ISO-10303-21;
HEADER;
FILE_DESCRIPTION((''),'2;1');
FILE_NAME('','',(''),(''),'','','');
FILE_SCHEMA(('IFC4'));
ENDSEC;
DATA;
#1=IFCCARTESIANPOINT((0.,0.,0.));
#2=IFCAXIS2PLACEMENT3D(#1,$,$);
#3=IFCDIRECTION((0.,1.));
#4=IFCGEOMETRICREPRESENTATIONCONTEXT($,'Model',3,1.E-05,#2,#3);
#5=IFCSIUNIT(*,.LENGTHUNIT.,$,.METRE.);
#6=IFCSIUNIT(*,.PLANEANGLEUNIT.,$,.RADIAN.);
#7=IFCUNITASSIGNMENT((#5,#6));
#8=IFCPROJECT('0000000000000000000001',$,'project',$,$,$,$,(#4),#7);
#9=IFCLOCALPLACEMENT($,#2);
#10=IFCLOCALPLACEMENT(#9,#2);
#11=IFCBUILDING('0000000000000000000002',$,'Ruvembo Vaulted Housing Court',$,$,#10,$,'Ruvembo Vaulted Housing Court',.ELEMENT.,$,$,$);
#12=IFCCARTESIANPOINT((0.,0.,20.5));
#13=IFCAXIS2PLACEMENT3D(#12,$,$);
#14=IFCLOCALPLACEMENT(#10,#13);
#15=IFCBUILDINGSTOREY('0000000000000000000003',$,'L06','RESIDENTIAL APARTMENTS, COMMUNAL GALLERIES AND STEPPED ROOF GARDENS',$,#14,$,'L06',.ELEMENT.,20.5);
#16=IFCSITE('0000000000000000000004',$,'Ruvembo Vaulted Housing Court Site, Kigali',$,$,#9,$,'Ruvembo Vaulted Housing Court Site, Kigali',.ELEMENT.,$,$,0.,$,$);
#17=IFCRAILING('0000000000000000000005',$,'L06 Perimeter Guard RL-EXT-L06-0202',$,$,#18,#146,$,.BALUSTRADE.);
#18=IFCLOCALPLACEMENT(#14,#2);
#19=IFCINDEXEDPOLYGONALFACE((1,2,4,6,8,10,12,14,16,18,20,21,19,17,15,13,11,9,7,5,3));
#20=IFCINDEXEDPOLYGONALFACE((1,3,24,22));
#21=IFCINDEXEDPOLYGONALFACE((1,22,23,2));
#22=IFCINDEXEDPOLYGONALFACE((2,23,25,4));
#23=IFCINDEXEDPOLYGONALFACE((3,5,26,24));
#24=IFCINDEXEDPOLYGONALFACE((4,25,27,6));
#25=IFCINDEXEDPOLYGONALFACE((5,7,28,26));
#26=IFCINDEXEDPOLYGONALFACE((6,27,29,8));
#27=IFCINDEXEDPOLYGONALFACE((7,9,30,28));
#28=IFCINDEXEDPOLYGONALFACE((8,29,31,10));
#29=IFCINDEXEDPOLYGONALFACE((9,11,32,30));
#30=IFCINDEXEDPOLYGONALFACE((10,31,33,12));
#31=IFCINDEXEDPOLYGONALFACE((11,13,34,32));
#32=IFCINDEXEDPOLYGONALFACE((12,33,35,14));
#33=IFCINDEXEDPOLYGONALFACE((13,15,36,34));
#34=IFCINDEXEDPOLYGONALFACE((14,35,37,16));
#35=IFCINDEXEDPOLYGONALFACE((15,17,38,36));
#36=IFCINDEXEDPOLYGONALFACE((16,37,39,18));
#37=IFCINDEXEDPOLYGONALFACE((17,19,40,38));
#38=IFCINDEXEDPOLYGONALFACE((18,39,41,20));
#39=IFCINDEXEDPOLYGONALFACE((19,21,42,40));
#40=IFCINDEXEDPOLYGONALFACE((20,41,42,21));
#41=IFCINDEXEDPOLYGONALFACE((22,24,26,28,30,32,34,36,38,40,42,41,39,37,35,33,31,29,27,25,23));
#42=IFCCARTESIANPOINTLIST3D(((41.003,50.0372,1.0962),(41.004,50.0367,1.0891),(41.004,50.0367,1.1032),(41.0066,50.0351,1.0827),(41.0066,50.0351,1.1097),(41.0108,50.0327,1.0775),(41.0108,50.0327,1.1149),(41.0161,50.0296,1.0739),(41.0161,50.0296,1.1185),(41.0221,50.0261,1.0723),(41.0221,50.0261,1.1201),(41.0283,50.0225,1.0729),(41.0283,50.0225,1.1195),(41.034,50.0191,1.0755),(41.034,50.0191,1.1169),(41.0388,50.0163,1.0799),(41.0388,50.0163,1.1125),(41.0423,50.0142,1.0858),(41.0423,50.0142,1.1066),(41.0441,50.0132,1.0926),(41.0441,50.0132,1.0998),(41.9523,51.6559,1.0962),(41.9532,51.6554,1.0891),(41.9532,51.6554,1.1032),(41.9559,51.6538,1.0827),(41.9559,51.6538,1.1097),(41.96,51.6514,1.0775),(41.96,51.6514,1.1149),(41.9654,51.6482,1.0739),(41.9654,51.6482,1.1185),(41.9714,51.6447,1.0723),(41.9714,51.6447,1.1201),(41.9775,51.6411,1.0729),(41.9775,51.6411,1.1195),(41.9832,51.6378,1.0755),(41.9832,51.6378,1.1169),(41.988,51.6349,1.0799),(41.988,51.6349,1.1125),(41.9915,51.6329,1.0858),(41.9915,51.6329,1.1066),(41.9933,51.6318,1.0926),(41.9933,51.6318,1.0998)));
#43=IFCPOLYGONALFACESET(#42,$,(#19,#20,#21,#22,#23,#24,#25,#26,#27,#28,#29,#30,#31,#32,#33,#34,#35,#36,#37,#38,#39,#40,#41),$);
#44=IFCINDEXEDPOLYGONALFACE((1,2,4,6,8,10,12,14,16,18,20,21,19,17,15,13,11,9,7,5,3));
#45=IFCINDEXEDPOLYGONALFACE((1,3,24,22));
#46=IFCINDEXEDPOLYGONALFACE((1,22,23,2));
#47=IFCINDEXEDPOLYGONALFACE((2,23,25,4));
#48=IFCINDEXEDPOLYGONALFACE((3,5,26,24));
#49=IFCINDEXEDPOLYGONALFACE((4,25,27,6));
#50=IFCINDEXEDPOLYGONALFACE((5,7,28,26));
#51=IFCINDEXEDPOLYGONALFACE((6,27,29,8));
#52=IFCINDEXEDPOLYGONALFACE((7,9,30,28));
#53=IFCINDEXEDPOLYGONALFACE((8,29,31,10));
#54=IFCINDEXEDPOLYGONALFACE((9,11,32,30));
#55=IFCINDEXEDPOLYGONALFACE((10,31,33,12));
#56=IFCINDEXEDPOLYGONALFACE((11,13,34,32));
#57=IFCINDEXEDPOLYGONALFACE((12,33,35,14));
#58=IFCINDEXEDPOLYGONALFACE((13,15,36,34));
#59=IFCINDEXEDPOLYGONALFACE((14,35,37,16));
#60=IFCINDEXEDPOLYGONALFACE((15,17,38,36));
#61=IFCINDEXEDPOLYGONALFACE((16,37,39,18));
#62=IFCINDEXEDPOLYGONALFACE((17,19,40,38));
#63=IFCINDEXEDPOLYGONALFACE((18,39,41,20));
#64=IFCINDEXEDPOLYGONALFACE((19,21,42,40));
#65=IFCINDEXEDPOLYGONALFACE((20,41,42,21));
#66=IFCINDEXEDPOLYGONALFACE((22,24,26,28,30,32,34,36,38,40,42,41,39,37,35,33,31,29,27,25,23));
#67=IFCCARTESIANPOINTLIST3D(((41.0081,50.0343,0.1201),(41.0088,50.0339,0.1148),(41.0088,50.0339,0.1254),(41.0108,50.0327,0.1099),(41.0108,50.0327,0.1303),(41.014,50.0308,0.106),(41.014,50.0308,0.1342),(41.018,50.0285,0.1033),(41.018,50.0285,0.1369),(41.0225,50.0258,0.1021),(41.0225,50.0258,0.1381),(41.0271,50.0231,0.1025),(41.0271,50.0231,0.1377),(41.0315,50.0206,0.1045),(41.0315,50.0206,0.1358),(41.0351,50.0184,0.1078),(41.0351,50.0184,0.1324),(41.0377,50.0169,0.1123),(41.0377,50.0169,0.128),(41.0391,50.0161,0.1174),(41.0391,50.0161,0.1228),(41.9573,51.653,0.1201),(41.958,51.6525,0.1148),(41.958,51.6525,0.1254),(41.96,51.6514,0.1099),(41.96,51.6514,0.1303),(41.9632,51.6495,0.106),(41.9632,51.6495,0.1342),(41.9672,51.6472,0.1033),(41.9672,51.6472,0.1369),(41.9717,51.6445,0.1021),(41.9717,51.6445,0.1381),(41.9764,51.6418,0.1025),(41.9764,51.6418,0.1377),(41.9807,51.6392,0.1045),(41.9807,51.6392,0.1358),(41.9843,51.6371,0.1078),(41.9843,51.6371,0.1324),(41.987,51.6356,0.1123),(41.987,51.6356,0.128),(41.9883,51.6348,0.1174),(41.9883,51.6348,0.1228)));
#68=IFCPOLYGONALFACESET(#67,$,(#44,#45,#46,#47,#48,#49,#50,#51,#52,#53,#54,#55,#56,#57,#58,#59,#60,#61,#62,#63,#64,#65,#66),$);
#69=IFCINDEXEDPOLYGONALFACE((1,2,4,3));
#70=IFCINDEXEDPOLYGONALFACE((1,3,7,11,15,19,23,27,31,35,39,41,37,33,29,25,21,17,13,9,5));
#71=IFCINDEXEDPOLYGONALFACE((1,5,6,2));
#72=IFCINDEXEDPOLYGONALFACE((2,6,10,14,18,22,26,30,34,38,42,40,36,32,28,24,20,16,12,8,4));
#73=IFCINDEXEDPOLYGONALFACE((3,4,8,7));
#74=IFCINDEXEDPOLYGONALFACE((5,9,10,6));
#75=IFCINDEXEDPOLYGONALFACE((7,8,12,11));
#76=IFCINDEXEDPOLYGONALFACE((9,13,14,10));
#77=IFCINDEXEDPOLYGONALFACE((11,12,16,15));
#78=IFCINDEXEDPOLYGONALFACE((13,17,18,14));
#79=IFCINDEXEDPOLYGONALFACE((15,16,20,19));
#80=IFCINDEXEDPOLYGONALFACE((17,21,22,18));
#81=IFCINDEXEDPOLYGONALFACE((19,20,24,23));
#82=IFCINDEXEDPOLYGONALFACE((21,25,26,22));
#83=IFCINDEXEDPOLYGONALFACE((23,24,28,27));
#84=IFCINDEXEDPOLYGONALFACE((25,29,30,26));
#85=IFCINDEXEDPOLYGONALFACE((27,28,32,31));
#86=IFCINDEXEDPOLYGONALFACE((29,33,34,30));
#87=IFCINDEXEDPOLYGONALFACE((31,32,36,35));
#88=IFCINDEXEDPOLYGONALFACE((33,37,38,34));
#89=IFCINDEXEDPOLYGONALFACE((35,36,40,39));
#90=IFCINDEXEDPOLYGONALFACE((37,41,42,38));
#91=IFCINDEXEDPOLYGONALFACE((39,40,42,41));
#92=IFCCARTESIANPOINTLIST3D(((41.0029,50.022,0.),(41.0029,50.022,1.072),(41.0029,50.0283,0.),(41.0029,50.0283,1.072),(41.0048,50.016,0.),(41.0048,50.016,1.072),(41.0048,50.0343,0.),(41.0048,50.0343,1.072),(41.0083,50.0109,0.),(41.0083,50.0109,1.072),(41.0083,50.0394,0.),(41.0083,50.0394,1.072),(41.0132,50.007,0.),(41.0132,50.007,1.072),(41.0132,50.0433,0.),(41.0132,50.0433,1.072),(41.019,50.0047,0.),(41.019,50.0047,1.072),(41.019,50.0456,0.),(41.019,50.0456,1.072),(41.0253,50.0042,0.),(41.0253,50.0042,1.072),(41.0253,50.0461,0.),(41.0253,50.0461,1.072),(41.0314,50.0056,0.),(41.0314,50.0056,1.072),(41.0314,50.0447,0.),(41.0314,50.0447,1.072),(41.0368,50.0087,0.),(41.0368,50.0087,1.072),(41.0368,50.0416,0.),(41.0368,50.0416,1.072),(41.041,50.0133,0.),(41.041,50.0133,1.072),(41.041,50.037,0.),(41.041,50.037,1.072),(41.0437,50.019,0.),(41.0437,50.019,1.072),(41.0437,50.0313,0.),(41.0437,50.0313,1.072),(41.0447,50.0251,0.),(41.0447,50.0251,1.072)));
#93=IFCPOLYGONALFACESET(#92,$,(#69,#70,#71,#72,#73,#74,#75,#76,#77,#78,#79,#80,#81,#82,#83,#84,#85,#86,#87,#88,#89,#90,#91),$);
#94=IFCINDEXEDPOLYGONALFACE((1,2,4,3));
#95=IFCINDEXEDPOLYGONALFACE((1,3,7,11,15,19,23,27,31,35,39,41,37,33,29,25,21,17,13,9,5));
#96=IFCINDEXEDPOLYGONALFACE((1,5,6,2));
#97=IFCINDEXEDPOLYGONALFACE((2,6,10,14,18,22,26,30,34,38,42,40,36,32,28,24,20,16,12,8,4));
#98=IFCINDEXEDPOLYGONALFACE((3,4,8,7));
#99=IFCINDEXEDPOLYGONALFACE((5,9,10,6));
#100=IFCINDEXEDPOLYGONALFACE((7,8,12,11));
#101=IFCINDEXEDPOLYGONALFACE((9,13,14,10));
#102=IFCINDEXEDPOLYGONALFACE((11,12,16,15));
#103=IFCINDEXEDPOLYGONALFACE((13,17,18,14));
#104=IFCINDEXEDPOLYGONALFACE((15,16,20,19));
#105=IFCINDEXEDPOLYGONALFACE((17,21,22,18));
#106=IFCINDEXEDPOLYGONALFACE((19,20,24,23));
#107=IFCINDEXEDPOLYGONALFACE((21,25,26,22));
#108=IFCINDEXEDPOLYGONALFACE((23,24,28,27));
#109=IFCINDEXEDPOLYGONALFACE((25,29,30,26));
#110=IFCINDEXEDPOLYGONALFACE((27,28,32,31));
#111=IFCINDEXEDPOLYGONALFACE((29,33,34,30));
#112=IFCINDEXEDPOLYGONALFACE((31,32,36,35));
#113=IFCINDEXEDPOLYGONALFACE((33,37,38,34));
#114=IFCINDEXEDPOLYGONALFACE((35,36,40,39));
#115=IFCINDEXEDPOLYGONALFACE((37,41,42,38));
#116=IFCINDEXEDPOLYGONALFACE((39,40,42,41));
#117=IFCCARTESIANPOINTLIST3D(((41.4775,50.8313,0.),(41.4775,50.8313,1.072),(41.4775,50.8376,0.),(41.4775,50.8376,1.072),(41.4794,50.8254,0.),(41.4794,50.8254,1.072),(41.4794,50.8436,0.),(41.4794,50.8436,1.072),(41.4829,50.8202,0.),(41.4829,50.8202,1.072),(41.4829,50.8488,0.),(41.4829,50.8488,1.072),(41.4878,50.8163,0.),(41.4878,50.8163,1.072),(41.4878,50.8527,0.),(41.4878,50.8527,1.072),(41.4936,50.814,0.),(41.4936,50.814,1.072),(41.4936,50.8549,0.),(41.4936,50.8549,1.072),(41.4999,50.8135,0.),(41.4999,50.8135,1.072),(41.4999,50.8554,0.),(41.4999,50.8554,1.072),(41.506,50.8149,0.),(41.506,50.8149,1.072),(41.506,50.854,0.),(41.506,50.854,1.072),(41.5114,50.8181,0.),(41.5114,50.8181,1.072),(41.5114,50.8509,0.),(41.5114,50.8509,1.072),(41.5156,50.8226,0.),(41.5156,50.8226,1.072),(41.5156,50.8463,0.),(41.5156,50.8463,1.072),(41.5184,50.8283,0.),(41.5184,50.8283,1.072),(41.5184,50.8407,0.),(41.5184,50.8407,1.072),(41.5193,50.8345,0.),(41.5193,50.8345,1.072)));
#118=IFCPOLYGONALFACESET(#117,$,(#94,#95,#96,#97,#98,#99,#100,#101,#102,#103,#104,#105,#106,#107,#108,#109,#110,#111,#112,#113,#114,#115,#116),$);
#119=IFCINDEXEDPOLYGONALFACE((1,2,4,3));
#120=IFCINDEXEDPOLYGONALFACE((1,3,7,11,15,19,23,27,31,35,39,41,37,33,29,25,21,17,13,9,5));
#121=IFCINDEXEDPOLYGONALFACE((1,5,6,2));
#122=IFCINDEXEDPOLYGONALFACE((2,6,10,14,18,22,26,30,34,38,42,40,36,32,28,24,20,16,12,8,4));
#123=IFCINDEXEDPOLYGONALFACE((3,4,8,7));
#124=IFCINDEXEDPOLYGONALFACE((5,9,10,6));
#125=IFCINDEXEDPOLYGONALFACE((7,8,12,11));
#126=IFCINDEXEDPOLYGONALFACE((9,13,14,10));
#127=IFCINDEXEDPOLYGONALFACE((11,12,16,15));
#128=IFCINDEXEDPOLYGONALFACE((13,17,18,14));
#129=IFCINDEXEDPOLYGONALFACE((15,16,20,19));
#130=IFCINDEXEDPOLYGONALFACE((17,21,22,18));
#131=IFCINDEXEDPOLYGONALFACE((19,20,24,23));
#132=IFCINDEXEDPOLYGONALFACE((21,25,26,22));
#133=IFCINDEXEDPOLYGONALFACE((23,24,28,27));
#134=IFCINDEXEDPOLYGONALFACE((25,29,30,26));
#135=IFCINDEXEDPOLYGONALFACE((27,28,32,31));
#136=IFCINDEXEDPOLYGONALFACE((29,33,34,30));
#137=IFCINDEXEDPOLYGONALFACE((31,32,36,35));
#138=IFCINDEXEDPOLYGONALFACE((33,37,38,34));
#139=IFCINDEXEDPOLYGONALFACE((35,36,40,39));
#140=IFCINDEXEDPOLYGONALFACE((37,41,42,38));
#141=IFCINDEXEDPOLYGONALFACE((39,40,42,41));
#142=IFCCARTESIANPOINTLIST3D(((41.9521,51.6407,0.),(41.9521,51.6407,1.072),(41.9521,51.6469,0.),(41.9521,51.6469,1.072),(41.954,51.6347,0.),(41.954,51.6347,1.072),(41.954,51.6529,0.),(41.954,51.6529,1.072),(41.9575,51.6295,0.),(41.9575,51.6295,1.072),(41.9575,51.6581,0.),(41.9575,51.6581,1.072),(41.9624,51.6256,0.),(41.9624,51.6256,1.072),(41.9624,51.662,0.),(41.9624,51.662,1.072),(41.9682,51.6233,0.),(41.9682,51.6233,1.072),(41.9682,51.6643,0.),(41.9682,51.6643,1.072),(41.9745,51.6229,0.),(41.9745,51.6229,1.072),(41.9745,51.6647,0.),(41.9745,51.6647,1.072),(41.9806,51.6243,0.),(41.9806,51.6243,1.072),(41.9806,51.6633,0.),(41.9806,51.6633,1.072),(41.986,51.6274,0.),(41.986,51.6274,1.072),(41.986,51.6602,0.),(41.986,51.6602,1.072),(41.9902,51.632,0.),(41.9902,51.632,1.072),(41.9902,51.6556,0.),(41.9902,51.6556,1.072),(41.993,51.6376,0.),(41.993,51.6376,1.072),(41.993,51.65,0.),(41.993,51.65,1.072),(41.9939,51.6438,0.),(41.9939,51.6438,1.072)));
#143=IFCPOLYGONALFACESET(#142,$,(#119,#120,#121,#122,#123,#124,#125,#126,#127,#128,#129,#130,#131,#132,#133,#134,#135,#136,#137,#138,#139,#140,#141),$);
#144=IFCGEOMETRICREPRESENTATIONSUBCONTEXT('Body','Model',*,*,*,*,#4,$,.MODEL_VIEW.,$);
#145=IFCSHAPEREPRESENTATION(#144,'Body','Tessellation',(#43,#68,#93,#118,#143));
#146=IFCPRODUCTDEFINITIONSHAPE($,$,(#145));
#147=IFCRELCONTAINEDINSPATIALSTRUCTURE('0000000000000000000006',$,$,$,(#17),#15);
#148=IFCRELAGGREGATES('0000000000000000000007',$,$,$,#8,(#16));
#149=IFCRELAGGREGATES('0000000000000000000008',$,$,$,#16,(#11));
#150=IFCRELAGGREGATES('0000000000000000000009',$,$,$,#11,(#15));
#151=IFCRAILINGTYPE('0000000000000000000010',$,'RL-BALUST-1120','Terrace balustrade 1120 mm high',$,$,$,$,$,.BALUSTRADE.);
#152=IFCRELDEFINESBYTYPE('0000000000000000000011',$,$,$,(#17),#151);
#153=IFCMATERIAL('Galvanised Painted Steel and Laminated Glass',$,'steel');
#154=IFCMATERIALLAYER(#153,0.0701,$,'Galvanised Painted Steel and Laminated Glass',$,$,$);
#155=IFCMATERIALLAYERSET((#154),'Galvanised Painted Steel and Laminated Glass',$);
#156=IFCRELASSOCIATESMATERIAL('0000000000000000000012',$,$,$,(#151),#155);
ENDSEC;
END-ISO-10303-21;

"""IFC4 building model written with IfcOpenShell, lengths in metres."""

from ifc_helpers import new_model, si_unit, direction, frame, origin, origin_2d, place, context, subcontext, project, spatial, circle, extrude, material, layer, layer_set, type_object, element, save


model = new_model("IFC4")

# Units and contexts
model_context = context("Model", 3, precision=1e-05, world=origin(), true_north=direction((0.0, 1.0)))
body_context = subcontext(model_context, "Body", "Model", "MODEL_VIEW")
ifc_project = project(units=[si_unit("LENGTHUNIT", "METRE"), si_unit("PLANEANGLEUNIT", "RADIAN")], contexts=[model_context])

# Site, building, storey
site_placement = place(None, origin())
site = spatial("IfcSite", under=ifc_project, at=site_placement, Name="Ruvembo Vaulted Housing Court Site, Kigali", LongName="Ruvembo Vaulted Housing Court Site, Kigali", CompositionType="ELEMENT", RefElevation=0.0)
building_placement = place(site_placement, origin())
building = spatial("IfcBuilding", under=site, at=building_placement, Name="Ruvembo Vaulted Housing Court", LongName="Ruvembo Vaulted Housing Court", CompositionType="ELEMENT")
storey_placement = place(building_placement, frame((0.0, 0.0, 20.5)))
storey = spatial("IfcBuildingStorey", under=building, at=storey_placement, Name="L06", Description="RESIDENTIAL APARTMENTS, COMMUNAL GALLERIES AND STEPPED ROOF GARDENS", LongName="L06", CompositionType="ELEMENT", Elevation=20.5)

# Railing
ifc_material_1 = material(Name="Galvanised Painted Steel and Laminated Glass", Category="steel")
ifc_layer_1 = layer(ifc_material_1, 0.0701, Name="Galvanised Painted Steel and Laminated Glass")
ifc_layer_set_1 = layer_set([ifc_layer_1], Name="Galvanised Painted Steel and Laminated Glass")
railing_type = type_object("IfcRailingType", Name="RL-BALUST-1120", Description="Terrace balustrade 1120 mm high", PredefinedType="BALUSTRADE", material=ifc_layer_set_1)
railing_1_placement = place(storey_placement, frame((41.0237, 50.0251, 0.0)))
element("IfcRailing", 1, at=railing_1_placement, inside=storey, type_object=railing_type, Name="L06 Perimeter Guard RL-EXT-L06-0202", PredefinedType="BALUSTRADE", context=body_context, shape_type="SweptSolid", body=[
    extrude(circle(Radius=0.0239, at=origin_2d()), frame((0.0, 0.0, 1.0962), z_axis=(0.50586, 0.862616, 0.0), x_axis=(-0.862616, 0.50586, 0.0)), (0.0, 0.0, 1.0), 1.8765),
    extrude(circle(Radius=0.0181, at=origin_2d()), frame((0.0, 0.0, 0.1201), z_axis=(0.50586, 0.862616, 0.0), x_axis=(-0.862616, 0.50586, 0.0)), (0.0, 0.0, 1.0), 1.8765),
    extrude(circle(Radius=0.021, at=origin_2d()), origin(), (0.0, 0.0, 1.0), 1.072),
    extrude(circle(Radius=0.021, at=origin_2d()), frame((0.4746, 0.8093, 0.0)), (0.0, 0.0, 1.0), 1.072),
    extrude(circle(Radius=0.021, at=origin_2d()), frame((0.9492, 1.6187, 0.0)), (0.0, 0.0, 1.0), 1.072),
])

save(model, "model.ifc")
